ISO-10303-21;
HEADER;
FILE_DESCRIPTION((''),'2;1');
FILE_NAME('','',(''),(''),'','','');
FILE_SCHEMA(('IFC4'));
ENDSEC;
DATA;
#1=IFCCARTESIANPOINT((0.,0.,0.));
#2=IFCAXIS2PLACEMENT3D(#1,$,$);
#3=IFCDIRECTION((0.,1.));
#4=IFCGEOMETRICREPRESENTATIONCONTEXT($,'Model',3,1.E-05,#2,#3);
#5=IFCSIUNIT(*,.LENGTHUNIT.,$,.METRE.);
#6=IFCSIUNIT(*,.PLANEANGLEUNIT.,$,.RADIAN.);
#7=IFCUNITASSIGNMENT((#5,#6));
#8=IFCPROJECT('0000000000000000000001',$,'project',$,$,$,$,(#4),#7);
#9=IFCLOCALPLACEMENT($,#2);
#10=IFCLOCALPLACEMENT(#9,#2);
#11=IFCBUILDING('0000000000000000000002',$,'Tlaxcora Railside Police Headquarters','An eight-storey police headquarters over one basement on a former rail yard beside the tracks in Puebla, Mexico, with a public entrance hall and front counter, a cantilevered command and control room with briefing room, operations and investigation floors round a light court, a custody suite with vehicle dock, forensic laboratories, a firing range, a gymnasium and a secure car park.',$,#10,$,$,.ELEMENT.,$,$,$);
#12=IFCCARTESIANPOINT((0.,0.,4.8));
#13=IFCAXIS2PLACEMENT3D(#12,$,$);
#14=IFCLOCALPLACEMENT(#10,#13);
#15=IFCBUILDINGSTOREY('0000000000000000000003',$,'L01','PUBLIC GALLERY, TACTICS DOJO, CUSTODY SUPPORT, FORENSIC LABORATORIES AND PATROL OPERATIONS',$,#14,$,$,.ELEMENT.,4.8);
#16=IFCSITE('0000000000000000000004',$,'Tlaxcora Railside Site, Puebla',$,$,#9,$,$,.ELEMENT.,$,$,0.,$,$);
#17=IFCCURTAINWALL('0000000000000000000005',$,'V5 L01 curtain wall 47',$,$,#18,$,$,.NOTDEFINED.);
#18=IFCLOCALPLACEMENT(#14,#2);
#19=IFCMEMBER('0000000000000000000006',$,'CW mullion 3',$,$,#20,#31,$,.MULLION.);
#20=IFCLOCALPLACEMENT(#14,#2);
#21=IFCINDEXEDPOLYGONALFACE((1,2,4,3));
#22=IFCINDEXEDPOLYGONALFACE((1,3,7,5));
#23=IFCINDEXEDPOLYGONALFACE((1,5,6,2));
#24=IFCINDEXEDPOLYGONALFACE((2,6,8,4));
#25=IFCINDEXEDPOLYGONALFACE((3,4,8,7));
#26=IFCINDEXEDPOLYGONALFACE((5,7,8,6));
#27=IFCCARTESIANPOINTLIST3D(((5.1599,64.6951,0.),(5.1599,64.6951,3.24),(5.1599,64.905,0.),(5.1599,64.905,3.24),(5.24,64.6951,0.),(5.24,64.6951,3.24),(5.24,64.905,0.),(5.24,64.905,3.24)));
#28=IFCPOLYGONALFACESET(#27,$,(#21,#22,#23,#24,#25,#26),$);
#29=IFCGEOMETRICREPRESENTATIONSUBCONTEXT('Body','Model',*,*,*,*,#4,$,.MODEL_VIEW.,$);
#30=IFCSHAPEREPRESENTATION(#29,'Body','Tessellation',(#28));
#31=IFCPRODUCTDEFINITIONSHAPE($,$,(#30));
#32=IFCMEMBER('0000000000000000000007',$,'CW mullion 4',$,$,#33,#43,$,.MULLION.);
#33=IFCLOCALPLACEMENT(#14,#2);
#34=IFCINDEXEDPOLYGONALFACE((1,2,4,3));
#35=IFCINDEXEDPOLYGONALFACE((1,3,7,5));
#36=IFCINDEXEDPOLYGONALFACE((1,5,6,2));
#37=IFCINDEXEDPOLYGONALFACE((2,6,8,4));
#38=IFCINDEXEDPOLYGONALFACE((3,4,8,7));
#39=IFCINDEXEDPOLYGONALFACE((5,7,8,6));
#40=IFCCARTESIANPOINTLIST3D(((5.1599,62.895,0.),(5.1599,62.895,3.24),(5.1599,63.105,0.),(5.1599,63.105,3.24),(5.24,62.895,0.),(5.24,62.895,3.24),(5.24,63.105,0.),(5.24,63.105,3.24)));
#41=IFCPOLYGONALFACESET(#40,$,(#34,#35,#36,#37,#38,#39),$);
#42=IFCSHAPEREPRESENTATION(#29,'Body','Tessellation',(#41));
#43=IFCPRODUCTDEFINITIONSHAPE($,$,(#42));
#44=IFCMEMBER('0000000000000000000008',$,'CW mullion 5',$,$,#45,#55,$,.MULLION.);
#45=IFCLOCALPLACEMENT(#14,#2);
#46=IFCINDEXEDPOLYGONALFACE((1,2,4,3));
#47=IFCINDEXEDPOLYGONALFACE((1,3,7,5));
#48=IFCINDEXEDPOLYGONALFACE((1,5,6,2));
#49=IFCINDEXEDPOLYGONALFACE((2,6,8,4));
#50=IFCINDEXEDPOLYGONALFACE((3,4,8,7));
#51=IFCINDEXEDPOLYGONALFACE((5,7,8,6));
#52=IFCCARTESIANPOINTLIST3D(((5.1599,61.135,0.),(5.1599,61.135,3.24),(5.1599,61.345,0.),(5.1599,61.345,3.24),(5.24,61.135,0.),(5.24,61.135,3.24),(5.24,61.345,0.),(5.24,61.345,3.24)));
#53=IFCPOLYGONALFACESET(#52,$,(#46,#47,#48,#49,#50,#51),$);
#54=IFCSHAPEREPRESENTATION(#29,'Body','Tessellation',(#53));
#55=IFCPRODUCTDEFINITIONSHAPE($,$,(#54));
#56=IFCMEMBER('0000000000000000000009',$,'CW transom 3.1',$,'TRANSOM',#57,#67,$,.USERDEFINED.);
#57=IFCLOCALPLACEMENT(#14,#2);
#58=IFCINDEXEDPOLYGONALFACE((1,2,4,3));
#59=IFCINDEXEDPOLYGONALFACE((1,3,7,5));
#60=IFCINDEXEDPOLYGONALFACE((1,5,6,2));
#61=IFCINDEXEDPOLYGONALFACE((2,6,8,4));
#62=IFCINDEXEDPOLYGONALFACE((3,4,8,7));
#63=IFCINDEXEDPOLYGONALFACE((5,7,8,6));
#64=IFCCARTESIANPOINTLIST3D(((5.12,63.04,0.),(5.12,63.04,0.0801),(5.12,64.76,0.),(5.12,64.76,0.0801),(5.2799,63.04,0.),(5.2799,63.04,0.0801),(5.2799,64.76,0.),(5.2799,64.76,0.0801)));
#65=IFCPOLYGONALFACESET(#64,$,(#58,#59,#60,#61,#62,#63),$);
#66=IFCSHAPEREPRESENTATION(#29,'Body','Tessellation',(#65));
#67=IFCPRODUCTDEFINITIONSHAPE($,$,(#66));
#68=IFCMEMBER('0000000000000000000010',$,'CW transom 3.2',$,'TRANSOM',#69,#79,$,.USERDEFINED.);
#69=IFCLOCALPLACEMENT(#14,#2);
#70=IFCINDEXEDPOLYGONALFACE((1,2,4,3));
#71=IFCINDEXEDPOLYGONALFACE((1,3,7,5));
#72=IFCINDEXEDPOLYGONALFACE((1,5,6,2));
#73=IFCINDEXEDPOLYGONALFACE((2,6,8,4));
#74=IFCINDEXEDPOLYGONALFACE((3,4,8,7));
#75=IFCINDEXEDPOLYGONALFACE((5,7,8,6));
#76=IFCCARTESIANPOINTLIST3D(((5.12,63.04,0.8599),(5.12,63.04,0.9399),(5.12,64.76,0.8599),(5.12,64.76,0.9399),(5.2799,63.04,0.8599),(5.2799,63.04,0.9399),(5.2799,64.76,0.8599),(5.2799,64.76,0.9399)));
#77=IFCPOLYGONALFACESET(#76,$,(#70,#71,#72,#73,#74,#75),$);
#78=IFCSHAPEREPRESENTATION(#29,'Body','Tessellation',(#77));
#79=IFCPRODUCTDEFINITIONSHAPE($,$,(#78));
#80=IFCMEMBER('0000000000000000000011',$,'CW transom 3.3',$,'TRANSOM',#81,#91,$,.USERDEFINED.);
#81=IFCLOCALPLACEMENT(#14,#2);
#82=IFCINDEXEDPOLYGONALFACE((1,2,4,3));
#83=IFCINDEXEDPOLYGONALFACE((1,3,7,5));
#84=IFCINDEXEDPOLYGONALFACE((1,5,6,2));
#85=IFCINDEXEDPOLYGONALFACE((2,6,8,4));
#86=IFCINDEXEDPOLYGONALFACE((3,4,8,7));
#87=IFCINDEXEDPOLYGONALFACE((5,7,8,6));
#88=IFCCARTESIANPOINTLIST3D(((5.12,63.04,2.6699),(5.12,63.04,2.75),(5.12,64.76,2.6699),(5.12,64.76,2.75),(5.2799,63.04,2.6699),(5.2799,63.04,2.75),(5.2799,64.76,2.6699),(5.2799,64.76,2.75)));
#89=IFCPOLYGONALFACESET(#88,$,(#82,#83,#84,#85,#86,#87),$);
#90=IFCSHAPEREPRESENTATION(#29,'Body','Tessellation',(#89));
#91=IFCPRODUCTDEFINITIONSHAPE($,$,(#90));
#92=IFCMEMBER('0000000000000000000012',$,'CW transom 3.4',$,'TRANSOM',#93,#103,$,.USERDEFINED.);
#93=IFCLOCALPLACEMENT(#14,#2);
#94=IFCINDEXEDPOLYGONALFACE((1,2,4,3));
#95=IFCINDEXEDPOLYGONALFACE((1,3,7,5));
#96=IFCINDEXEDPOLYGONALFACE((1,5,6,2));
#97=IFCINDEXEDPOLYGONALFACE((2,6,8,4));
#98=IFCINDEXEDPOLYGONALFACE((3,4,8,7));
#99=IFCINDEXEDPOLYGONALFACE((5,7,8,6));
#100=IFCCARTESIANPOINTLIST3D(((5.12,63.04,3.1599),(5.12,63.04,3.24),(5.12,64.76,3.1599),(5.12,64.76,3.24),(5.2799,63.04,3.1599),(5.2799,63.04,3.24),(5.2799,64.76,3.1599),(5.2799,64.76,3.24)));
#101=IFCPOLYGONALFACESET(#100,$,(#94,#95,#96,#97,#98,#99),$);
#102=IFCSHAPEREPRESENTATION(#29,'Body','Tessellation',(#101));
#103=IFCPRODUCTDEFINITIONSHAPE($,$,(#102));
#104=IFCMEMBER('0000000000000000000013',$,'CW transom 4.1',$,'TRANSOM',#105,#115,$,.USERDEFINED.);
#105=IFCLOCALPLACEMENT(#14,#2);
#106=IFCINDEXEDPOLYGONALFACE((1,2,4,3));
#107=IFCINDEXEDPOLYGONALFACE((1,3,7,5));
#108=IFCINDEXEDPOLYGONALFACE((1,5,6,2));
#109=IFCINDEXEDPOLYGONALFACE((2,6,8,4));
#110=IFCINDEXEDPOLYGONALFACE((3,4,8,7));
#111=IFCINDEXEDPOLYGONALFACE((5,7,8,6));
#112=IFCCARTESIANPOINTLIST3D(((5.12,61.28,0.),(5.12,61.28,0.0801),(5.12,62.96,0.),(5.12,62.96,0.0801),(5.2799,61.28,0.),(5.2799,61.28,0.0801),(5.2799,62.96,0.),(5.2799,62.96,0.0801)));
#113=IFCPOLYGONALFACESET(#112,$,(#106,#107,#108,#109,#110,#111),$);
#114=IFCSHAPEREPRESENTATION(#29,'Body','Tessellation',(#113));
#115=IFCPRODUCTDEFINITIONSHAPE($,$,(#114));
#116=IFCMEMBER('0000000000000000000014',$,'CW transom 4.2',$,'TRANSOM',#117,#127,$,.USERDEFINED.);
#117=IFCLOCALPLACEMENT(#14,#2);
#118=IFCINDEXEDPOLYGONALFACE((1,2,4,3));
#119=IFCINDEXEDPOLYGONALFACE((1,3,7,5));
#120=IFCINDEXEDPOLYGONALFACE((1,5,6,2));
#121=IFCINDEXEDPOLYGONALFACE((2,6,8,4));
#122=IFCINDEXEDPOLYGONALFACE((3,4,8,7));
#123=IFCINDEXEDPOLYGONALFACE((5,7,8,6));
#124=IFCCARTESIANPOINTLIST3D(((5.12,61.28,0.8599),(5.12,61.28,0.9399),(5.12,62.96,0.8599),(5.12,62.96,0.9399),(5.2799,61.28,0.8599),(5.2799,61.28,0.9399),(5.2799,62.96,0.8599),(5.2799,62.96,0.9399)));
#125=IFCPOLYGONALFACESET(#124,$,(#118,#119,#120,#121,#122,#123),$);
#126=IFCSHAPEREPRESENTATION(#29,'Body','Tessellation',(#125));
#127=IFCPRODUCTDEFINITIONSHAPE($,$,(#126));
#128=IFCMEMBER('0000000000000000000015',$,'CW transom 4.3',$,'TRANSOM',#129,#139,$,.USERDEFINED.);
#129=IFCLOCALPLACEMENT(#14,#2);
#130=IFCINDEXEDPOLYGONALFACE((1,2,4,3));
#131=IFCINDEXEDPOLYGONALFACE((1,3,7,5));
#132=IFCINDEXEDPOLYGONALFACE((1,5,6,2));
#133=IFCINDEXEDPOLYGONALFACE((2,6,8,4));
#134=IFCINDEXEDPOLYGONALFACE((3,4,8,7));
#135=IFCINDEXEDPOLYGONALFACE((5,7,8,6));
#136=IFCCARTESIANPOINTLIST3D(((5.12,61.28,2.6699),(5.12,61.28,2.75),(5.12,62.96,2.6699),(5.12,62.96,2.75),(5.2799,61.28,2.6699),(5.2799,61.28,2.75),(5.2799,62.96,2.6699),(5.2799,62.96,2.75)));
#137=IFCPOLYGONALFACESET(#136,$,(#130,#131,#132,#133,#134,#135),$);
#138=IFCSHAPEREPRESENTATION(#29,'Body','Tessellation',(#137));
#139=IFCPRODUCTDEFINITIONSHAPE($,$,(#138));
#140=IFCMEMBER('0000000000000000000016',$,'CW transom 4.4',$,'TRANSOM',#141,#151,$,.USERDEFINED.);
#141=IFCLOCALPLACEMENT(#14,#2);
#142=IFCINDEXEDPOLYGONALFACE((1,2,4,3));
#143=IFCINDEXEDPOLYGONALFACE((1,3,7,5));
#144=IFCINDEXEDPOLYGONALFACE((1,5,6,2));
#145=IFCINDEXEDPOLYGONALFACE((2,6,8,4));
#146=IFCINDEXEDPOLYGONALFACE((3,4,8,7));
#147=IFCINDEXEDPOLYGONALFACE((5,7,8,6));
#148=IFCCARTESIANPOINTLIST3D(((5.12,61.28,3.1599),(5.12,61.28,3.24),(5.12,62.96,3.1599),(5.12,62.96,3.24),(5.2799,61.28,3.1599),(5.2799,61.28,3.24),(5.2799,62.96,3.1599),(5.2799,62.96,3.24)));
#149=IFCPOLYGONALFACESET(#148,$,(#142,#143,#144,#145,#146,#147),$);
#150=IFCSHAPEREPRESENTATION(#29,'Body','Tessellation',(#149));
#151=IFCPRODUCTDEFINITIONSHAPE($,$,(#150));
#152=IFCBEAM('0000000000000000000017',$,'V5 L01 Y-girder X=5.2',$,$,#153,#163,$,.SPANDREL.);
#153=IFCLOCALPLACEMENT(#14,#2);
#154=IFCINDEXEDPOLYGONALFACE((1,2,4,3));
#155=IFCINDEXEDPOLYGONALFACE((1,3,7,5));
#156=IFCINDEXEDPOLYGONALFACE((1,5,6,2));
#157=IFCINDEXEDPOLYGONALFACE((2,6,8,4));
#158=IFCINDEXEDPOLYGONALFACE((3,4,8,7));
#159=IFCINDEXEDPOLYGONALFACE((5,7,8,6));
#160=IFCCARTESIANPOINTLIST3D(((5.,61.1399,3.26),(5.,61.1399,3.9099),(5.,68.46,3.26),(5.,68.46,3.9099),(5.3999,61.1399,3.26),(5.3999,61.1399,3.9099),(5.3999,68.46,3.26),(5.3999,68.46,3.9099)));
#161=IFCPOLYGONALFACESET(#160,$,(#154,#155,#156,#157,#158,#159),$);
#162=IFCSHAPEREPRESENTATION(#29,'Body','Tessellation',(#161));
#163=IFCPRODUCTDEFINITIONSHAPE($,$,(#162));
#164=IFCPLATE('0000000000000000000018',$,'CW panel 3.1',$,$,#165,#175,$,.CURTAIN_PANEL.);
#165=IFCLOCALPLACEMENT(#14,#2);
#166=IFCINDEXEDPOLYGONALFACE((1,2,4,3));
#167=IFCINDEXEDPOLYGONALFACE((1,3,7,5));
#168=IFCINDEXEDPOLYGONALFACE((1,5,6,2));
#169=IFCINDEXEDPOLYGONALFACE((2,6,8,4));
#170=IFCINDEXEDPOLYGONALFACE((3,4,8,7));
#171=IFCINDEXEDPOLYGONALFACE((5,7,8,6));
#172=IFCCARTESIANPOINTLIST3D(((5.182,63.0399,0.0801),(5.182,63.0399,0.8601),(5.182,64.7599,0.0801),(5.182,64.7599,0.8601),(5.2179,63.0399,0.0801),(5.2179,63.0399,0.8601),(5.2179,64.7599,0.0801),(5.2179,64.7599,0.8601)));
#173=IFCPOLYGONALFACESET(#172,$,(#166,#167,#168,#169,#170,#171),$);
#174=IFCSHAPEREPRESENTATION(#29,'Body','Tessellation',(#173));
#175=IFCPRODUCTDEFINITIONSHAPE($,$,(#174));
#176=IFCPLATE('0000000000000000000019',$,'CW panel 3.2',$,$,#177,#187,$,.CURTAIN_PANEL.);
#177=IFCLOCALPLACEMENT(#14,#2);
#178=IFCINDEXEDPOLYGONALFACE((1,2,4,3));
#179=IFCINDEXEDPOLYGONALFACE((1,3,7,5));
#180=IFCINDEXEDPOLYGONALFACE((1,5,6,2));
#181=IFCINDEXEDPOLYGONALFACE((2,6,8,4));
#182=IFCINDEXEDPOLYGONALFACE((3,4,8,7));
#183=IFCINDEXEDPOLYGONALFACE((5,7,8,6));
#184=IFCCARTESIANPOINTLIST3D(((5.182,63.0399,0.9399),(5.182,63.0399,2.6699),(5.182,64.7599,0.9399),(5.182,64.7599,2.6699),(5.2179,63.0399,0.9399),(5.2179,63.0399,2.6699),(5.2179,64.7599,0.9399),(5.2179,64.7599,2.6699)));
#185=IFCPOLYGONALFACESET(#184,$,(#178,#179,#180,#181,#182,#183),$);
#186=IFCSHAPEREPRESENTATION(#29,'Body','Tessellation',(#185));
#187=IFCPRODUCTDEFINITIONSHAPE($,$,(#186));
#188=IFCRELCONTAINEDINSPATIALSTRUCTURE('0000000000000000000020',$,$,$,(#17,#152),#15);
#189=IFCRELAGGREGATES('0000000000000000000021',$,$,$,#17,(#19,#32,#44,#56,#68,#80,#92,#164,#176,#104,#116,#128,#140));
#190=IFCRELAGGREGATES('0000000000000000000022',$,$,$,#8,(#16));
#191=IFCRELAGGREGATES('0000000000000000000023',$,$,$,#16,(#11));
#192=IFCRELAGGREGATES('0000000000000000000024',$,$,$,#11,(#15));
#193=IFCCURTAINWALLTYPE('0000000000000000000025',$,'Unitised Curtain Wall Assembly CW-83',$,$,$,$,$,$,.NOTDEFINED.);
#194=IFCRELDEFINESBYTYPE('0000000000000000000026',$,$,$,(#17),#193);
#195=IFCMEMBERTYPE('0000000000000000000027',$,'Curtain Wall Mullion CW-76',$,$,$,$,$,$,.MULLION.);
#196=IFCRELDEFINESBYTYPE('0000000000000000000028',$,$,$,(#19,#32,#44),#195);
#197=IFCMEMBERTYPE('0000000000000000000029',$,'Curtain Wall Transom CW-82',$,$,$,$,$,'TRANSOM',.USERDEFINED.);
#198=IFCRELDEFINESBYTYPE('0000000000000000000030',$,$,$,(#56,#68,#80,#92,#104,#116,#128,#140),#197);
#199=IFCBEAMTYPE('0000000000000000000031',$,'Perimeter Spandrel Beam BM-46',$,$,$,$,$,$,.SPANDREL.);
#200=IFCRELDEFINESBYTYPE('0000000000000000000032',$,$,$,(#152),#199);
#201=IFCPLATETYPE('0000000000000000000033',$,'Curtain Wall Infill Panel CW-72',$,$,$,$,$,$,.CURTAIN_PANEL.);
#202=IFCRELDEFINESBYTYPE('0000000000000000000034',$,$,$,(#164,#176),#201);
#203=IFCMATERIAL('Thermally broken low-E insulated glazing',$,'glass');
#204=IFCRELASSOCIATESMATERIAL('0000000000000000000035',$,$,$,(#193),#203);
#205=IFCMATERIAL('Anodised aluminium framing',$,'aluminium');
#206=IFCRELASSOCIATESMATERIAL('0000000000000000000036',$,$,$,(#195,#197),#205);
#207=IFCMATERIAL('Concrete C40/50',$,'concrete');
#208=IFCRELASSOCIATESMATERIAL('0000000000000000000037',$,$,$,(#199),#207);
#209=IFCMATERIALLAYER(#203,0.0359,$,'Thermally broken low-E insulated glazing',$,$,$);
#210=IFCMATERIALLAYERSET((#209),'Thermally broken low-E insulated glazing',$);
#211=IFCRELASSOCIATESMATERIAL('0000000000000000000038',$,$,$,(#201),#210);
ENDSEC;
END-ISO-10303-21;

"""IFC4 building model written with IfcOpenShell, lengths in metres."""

from ifc_helpers import new_model, si_unit, direction, frame, origin, origin_2d, place, context, subcontext, project, spatial, rectangle, extrude, material, layer, layer_set, material_profile, profile_set, type_object, element, aggregate, save


model = new_model("IFC4")

# Units and contexts
model_context = context("Model", 3, precision=1e-05, world=origin(), true_north=direction((0.0, 1.0)))
body_context = subcontext(model_context, "Body", "Model", "MODEL_VIEW")
ifc_project = project(units=[si_unit("LENGTHUNIT", "METRE"), si_unit("PLANEANGLEUNIT", "RADIAN")], contexts=[model_context])

# Site, building, storey
site_placement = place(None, origin())
site = spatial("IfcSite", under=ifc_project, at=site_placement, Name="Tlaxcora Railside Site, Puebla", CompositionType="ELEMENT", RefElevation=0.0)
building_placement = place(site_placement, origin())
building = spatial("IfcBuilding", under=site, at=building_placement, Name="Tlaxcora Railside Police Headquarters", Description="An eight-storey police headquarters over one basement on a former rail yard beside the tracks in Puebla, Mexico, with a public entrance hall and front counter, a cantilevered command and control room with briefing room, operations and investigation floors round a light court, a custody suite with vehicle dock, forensic laboratories, a firing range, a gymnasium and a secure car park.", CompositionType="ELEMENT")
storey_placement = place(building_placement, frame((0.0, 0.0, 4.8)))
storey = spatial("IfcBuildingStorey", under=building, at=storey_placement, Name="L01", Description="PUBLIC GALLERY, TACTICS DOJO, CUSTODY SUPPORT, FORENSIC LABORATORIES AND PATROL OPERATIONS", CompositionType="ELEMENT", Elevation=4.8)

# Curtain wall, members
ifc_material_1 = material(Name="Thermally broken low-E insulated glazing", Category="glass")
curtain_wall_type = type_object("IfcCurtainWallType", Name="Unitised Curtain Wall Assembly CW-83", PredefinedType="NOTDEFINED", material=ifc_material_1)
curtain_wall_placement = place(storey_placement, origin())
curtain_wall = element("IfcCurtainWall", 1, at=curtain_wall_placement, inside=storey, type_object=curtain_wall_type, Name="V5 L01 curtain wall 47", PredefinedType="NOTDEFINED")
ifc_material_2 = material(Name="Anodised aluminium framing", Category="aluminium")
ifc_material_profile_1 = material_profile(ifc_material_2, rectangle(XDim=0.0801, YDim=0.21, at=origin_2d()), Name="AL80X210")
ifc_profile_set_1 = profile_set([ifc_material_profile_1], Name="Anodised aluminium framing")
member_type_1 = type_object("IfcMemberType", Name="Curtain Wall Mullion CW-76", PredefinedType="MULLION", material=ifc_profile_set_1)
member_1_placement = place(storey_placement, frame((5.2, 64.8, 0.0), z_axis=(0.0, 0.0, 1.0), x_axis=(1.0, 0.0, 0.0)))
member_1 = element("IfcMember", 2, at=member_1_placement, type_object=member_type_1, Name="CW mullion 3", PredefinedType="MULLION", context=body_context, shape_type="SweptSolid", body=[
    extrude(rectangle(XDim=0.0801, YDim=0.21, at=origin_2d()), origin(), (0.0, 0.0, 1.0), 3.24),
])
member_2_placement = place(storey_placement, frame((5.2, 63.0, 0.0), z_axis=(0.0, 0.0, 1.0), x_axis=(1.0, 0.0, 0.0)))
member_2 = element("IfcMember", 3, at=member_2_placement, type_object=member_type_1, Name="CW mullion 4", PredefinedType="MULLION", context=body_context, shape_type="SweptSolid", body=[
    extrude(rectangle(XDim=0.0801, YDim=0.21, at=origin_2d()), origin(), (0.0, 0.0, 1.0), 3.24),
])
member_3_placement = place(storey_placement, frame((5.2, 61.24, 0.0), z_axis=(0.0, 0.0, 1.0), x_axis=(1.0, 0.0, 0.0)))
member_3 = element("IfcMember", 4, at=member_3_placement, type_object=member_type_1, Name="CW mullion 5", PredefinedType="MULLION", context=body_context, shape_type="SweptSolid", body=[
    extrude(rectangle(XDim=0.0801, YDim=0.21, at=origin_2d()), origin(), (0.0, 0.0, 1.0), 3.24),
])
ifc_material_profile_2 = material_profile(ifc_material_2, rectangle(XDim=0.1599, YDim=0.0801, at=origin_2d()), Name="AL80X160")
ifc_profile_set_2 = profile_set([ifc_material_profile_2], Name="Anodised aluminium framing")
member_type_2 = type_object("IfcMemberType", Name="Curtain Wall Transom CW-82", ElementType="TRANSOM", PredefinedType="USERDEFINED", material=ifc_profile_set_2)
member_4_placement = place(storey_placement, frame((5.2, 64.76, 0.04), z_axis=(0.0, -1.0, 0.0), x_axis=(1.0, 0.0, 0.0)))
member_4 = element("IfcMember", 5, at=member_4_placement, type_object=member_type_2, Name="CW transom 3.1", ObjectType="TRANSOM", PredefinedType="USERDEFINED", context=body_context, shape_type="SweptSolid", body=[
    extrude(rectangle(XDim=0.1599, YDim=0.0801, at=origin_2d()), origin(), (0.0, 0.0, 1.0), 1.72),
])
member_5_placement = place(storey_placement, frame((5.2, 64.76, 0.8999), z_axis=(0.0, -1.0, 0.0), x_axis=(1.0, 0.0, 0.0)))
member_5 = element("IfcMember", 6, at=member_5_placement, type_object=member_type_2, Name="CW transom 3.2", ObjectType="TRANSOM", PredefinedType="USERDEFINED", context=body_context, shape_type="SweptSolid", body=[
    extrude(rectangle(XDim=0.1599, YDim=0.0801, at=origin_2d()), origin(), (0.0, 0.0, 1.0), 1.72),
])
member_6_placement = place(storey_placement, frame((5.2, 64.76, 2.71), z_axis=(0.0, -1.0, 0.0), x_axis=(1.0, 0.0, 0.0)))
member_6 = element("IfcMember", 7, at=member_6_placement, type_object=member_type_2, Name="CW transom 3.3", ObjectType="TRANSOM", PredefinedType="USERDEFINED", context=body_context, shape_type="SweptSolid", body=[
    extrude(rectangle(XDim=0.1599, YDim=0.0801, at=origin_2d()), origin(), (0.0, 0.0, 1.0), 1.72),
])
member_7_placement = place(storey_placement, frame((5.2, 64.76, 3.2), z_axis=(0.0, -1.0, 0.0), x_axis=(1.0, 0.0, 0.0)))
member_7 = element("IfcMember", 8, at=member_7_placement, type_object=member_type_2, Name="CW transom 3.4", ObjectType="TRANSOM", PredefinedType="USERDEFINED", context=body_context, shape_type="SweptSolid", body=[
    extrude(rectangle(XDim=0.1599, YDim=0.0801, at=origin_2d()), origin(), (0.0, 0.0, 1.0), 1.72),
])
member_8_placement = place(storey_placement, frame((5.2, 62.96, 0.04), z_axis=(0.0, -1.0, 0.0), x_axis=(1.0, 0.0, 0.0)))
member_8 = element("IfcMember", 9, at=member_8_placement, type_object=member_type_2, Name="CW transom 4.1", ObjectType="TRANSOM", PredefinedType="USERDEFINED", context=body_context, shape_type="SweptSolid", body=[
    extrude(rectangle(XDim=0.1599, YDim=0.0801, at=origin_2d()), origin(), (0.0, 0.0, 1.0), 1.6799),
])
member_9_placement = place(storey_placement, frame((5.2, 62.96, 0.8999), z_axis=(0.0, -1.0, 0.0), x_axis=(1.0, 0.0, 0.0)))
member_9 = element("IfcMember", 10, at=member_9_placement, type_object=member_type_2, Name="CW transom 4.2", ObjectType="TRANSOM", PredefinedType="USERDEFINED", context=body_context, shape_type="SweptSolid", body=[
    extrude(rectangle(XDim=0.1599, YDim=0.0801, at=origin_2d()), origin(), (0.0, 0.0, 1.0), 1.6799),
])
member_10_placement = place(storey_placement, frame((5.2, 62.96, 2.71), z_axis=(0.0, -1.0, 0.0), x_axis=(1.0, 0.0, 0.0)))
member_10 = element("IfcMember", 11, at=member_10_placement, type_object=member_type_2, Name="CW transom 4.3", ObjectType="TRANSOM", PredefinedType="USERDEFINED", context=body_context, shape_type="SweptSolid", body=[
    extrude(rectangle(XDim=0.1599, YDim=0.0801, at=origin_2d()), origin(), (0.0, 0.0, 1.0), 1.6799),
])
member_11_placement = place(storey_placement, frame((5.2, 62.96, 3.2), z_axis=(0.0, -1.0, 0.0), x_axis=(1.0, 0.0, 0.0)))
member_11 = element("IfcMember", 12, at=member_11_placement, type_object=member_type_2, Name="CW transom 4.4", ObjectType="TRANSOM", PredefinedType="USERDEFINED", context=body_context, shape_type="SweptSolid", body=[
    extrude(rectangle(XDim=0.1599, YDim=0.0801, at=origin_2d()), origin(), (0.0, 0.0, 1.0), 1.6799),
])

# Beam
ifc_material_3 = material(Name="Concrete C40/50", Category="concrete")
ifc_material_profile_3 = material_profile(ifc_material_3, rectangle(XDim=0.3999, YDim=0.6499, at=origin_2d()), Name="RC400X650")
ifc_profile_set_3 = profile_set([ifc_material_profile_3], Name="Concrete C40/50")
beam_type = type_object("IfcBeamType", Name="Perimeter Spandrel Beam BM-46", PredefinedType="SPANDREL", material=ifc_profile_set_3)
beam_placement = place(storey_placement, frame((5.2, 61.1399, 3.585), z_axis=(0.0, 1.0, 0.0), x_axis=(-1.0, 0.0, 0.0)))
element("IfcBeam", 13, at=beam_placement, inside=storey, type_object=beam_type, Name="V5 L01 Y-girder X=5.2", PredefinedType="SPANDREL", context=body_context, shape_type="SweptSolid", body=[
    extrude(rectangle(XDim=0.3999, YDim=0.6499, at=origin_2d()), origin(), (0.0, 0.0, 1.0), 7.3201),
])

# Plates
ifc_layer_1 = layer(ifc_material_1, 0.0359, Name="Thermally broken low-E insulated glazing")
ifc_layer_set_1 = layer_set([ifc_layer_1], Name="Thermally broken low-E insulated glazing")
plate_type = type_object("IfcPlateType", Name="Curtain Wall Infill Panel CW-72", PredefinedType="CURTAIN_PANEL", material=ifc_layer_set_1)
plate_1_placement = place(storey_placement, frame((5.2, 63.8999, 0.0801), z_axis=(0.0, 0.0, 1.0), x_axis=(0.0, -1.0, 0.0)))
plate_1 = element("IfcPlate", 14, at=plate_1_placement, type_object=plate_type, Name="CW panel 3.1", PredefinedType="CURTAIN_PANEL", context=body_context, shape_type="SweptSolid", body=[
    extrude(rectangle(XDim=1.72, YDim=0.0359, at=origin_2d()), origin(), (0.0, 0.0, 1.0), 0.78),
])
plate_2_placement = place(storey_placement, frame((5.2, 63.8999, 0.9399), z_axis=(0.0, 0.0, 1.0), x_axis=(0.0, -1.0, 0.0)))
plate_2 = element("IfcPlate", 15, at=plate_2_placement, type_object=plate_type, Name="CW panel 3.2", PredefinedType="CURTAIN_PANEL", context=body_context, shape_type="SweptSolid", body=[
    extrude(rectangle(XDim=1.72, YDim=0.0359, at=origin_2d()), origin(), (0.0, 0.0, 1.0), 1.73),
])
aggregate(curtain_wall, [member_1, member_2, member_3, member_4, member_5, member_6, member_7, plate_1, plate_2, member_8, member_9, member_10, member_11])

save(model, "model.ifc")
